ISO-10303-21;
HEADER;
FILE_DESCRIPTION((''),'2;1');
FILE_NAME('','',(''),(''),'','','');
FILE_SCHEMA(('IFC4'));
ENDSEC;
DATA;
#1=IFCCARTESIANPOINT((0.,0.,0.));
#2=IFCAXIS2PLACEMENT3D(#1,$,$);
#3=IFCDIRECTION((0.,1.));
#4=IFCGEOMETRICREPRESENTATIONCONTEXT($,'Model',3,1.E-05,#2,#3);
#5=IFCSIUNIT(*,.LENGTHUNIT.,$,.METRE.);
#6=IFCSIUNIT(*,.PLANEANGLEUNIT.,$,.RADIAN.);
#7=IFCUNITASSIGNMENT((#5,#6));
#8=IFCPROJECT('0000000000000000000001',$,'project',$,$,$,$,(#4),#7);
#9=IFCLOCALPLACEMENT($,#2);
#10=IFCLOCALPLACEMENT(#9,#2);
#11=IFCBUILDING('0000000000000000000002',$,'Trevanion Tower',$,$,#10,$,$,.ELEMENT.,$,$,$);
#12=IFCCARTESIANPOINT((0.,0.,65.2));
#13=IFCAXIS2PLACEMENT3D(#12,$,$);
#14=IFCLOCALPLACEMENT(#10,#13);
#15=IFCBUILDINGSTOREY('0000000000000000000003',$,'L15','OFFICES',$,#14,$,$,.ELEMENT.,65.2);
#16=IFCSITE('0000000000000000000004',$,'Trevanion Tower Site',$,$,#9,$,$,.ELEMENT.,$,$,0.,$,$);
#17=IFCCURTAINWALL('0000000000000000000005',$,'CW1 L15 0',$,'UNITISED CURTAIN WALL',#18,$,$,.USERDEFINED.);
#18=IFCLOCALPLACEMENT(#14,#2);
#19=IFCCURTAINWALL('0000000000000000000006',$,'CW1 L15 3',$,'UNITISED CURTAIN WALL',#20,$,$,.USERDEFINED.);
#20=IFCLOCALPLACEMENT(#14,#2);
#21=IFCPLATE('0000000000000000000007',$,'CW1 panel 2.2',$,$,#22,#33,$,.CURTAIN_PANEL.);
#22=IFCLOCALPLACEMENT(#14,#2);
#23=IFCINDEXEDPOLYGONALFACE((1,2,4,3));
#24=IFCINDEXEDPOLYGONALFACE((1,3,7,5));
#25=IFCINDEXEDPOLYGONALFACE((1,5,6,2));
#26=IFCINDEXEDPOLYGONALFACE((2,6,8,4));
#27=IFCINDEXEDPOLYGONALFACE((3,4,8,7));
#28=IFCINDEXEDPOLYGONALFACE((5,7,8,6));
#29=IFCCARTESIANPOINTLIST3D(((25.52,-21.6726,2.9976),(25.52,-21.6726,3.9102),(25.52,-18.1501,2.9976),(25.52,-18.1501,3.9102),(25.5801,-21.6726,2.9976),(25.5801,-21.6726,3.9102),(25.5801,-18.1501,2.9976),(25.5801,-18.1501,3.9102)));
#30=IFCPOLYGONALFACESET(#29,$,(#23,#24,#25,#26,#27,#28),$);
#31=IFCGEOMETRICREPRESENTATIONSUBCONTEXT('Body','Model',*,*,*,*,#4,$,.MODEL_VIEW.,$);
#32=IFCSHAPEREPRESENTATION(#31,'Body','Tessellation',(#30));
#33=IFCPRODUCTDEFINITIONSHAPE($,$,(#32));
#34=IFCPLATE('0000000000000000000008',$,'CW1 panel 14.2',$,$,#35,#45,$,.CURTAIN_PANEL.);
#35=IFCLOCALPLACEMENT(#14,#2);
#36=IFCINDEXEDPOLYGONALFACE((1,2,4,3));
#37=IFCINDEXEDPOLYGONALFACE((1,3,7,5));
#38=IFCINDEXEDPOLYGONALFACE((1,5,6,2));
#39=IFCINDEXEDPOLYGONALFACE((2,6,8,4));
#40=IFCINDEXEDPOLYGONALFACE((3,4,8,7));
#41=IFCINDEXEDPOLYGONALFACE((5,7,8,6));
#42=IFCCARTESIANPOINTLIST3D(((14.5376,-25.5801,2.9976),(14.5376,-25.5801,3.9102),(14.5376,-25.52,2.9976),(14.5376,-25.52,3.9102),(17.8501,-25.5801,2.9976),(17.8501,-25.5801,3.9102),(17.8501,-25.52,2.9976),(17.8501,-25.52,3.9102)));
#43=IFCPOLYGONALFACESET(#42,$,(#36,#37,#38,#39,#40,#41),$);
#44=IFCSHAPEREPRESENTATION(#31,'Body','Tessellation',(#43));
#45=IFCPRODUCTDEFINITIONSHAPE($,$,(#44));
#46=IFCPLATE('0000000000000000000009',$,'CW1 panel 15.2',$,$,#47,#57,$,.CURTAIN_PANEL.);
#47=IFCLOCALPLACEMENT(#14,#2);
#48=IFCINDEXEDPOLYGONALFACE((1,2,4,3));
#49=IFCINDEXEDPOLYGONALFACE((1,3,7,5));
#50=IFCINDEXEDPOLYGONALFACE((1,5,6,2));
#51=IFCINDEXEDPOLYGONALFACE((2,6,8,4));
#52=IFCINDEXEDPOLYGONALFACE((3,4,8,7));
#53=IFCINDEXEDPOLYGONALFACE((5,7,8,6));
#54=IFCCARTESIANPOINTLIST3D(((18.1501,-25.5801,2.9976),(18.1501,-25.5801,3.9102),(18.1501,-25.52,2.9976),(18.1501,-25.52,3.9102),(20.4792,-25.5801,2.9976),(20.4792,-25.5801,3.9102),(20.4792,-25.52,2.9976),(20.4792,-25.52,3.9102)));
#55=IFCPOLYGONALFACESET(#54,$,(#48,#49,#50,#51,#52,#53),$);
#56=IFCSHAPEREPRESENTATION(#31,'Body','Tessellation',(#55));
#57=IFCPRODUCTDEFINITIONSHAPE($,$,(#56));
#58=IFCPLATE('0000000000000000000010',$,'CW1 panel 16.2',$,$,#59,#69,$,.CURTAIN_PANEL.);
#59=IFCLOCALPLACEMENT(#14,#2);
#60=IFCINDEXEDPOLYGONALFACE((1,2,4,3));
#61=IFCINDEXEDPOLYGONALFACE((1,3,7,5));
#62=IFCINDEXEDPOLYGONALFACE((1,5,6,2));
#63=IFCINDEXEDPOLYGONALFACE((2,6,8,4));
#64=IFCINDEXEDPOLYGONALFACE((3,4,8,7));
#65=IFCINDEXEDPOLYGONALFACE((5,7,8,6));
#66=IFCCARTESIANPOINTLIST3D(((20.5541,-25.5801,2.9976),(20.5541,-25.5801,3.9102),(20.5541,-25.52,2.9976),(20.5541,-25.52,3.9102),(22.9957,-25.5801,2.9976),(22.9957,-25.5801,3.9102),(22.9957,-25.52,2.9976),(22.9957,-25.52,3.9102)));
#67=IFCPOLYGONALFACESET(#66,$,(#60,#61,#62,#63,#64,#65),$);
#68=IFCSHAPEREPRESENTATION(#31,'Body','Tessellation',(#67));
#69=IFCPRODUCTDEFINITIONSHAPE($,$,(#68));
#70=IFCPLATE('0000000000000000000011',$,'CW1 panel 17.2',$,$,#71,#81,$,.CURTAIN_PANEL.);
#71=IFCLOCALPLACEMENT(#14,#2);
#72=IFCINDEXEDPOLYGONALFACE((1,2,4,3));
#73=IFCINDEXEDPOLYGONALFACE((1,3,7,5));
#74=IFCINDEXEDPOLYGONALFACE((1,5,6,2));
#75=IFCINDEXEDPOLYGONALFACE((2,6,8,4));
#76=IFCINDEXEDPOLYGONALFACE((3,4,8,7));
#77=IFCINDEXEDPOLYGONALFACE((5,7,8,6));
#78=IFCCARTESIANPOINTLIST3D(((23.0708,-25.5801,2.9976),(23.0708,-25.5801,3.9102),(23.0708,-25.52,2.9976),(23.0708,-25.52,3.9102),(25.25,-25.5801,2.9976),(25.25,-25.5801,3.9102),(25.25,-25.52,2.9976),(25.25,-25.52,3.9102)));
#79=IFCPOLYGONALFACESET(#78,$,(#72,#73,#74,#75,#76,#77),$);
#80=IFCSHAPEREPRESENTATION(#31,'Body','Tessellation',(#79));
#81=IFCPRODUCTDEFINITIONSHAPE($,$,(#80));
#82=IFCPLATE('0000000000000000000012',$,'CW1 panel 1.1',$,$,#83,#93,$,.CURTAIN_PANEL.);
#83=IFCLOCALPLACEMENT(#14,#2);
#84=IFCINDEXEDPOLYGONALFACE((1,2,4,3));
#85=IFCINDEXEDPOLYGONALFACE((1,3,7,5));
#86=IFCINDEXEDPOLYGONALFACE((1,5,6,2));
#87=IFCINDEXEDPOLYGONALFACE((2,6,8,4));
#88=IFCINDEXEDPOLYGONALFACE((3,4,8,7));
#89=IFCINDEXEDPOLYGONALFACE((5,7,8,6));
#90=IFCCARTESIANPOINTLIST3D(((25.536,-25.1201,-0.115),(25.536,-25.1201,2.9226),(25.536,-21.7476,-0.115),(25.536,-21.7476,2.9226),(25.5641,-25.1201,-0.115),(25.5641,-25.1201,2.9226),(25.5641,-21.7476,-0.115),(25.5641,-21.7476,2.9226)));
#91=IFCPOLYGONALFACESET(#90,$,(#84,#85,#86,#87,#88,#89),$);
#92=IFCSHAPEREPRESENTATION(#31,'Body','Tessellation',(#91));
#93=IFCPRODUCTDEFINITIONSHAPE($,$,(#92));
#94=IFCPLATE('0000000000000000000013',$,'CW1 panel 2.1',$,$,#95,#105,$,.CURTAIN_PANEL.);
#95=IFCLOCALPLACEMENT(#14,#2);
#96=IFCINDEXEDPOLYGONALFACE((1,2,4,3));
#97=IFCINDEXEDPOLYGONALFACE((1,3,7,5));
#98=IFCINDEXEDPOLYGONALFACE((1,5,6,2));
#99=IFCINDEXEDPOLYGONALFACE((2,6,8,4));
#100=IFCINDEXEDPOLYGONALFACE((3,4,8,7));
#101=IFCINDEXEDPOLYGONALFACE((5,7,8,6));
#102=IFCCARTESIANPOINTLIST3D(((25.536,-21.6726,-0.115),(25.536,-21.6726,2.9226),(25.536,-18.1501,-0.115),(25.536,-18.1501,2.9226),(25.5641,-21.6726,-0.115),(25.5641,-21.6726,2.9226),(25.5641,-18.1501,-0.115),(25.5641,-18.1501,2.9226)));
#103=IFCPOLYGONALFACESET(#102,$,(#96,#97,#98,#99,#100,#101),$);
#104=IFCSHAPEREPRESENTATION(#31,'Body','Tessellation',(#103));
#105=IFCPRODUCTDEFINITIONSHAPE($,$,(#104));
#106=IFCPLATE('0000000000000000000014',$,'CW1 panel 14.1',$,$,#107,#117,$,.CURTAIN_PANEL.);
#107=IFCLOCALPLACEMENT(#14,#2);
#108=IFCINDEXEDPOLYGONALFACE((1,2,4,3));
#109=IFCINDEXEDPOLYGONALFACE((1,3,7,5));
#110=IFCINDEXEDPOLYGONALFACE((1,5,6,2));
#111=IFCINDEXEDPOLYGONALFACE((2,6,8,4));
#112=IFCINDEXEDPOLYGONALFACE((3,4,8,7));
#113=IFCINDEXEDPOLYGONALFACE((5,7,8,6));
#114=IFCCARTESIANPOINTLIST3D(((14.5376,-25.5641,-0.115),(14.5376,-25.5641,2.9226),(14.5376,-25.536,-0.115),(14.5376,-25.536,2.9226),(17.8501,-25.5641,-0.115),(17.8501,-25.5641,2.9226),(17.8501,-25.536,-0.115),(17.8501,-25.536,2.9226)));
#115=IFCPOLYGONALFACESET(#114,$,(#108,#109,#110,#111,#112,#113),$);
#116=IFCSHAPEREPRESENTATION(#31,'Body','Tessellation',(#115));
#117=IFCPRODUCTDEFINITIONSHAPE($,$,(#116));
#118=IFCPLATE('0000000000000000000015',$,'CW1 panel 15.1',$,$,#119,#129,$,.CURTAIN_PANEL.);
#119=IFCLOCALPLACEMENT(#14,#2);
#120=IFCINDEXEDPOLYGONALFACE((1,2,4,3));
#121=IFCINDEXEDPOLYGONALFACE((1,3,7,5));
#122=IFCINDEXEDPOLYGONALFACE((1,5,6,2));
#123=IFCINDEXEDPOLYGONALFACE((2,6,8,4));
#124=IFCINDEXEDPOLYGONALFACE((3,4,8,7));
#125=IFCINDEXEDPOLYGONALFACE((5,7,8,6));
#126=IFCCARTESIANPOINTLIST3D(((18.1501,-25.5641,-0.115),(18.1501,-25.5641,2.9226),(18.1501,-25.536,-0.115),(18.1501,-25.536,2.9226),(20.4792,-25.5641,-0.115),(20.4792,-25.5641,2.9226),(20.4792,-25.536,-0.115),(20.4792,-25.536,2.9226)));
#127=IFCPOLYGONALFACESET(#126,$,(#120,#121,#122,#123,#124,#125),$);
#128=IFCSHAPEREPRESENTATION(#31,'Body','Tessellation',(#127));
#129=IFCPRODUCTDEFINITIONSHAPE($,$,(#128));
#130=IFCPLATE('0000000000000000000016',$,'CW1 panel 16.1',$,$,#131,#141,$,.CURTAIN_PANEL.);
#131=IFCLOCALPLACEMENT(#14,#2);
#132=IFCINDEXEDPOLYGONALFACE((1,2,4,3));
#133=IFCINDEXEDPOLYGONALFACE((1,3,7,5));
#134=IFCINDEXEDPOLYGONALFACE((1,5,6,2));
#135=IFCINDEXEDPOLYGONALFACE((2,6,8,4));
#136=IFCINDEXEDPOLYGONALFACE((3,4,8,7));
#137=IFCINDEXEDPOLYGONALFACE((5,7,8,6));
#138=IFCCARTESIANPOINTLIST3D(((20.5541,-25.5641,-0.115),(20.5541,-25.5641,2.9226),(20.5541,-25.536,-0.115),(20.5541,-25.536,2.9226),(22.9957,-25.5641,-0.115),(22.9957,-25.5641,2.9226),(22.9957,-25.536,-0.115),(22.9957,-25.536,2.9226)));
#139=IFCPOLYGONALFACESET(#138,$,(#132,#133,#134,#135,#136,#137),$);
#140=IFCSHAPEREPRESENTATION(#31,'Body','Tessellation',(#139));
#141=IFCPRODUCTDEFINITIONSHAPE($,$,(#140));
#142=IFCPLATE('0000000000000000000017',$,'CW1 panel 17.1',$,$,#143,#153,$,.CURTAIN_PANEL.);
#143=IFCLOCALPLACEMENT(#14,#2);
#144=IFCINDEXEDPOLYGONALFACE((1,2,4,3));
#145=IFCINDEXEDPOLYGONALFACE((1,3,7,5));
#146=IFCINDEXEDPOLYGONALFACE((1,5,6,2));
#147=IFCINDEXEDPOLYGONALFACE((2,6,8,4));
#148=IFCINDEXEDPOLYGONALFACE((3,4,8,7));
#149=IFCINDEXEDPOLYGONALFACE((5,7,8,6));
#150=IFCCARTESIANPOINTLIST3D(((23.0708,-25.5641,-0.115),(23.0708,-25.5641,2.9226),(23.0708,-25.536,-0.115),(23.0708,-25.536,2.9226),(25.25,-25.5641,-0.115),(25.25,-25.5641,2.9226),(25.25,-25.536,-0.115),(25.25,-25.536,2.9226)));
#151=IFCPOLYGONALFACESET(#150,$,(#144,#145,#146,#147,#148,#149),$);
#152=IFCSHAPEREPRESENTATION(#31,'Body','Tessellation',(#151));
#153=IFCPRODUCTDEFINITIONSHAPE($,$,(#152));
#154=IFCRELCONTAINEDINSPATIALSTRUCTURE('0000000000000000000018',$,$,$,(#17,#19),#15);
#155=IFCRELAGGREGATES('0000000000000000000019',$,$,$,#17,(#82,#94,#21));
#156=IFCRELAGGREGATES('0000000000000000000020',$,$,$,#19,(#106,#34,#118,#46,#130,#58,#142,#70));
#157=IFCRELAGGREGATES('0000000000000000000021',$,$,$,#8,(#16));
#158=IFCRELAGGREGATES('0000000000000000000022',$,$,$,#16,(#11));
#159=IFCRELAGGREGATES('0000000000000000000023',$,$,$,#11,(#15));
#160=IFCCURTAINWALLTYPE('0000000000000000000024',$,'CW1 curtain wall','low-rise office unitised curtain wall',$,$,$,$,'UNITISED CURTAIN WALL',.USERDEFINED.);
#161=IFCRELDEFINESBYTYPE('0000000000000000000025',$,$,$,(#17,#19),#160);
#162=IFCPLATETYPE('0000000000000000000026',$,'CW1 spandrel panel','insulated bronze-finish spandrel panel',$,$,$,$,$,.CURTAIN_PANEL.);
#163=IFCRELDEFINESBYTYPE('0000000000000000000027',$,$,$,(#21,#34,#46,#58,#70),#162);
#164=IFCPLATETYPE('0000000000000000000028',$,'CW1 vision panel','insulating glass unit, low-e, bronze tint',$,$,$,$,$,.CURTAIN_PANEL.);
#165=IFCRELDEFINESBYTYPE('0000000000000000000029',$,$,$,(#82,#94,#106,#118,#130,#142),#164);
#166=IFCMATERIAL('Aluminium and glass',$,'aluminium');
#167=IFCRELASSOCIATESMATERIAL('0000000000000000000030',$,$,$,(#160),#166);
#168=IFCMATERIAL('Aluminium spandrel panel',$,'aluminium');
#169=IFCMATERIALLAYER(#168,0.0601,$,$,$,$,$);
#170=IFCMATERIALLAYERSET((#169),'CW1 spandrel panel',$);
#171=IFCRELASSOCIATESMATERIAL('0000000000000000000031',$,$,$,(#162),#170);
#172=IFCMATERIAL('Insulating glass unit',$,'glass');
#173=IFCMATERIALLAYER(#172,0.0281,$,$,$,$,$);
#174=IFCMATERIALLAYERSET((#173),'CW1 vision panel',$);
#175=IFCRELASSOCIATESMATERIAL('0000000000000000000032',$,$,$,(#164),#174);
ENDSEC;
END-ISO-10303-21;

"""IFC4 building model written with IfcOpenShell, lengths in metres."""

from ifc_helpers import new_model, si_unit, direction, frame, origin, origin_2d, place, context, subcontext, project, spatial, rectangle, extrude, material, layer, layer_set, type_object, element, aggregate, save


model = new_model("IFC4")

# Units and contexts
model_context = context("Model", 3, precision=1e-05, world=origin(), true_north=direction((0.0, 1.0)))
body_context = subcontext(model_context, "Body", "Model", "MODEL_VIEW")
ifc_project = project(units=[si_unit("LENGTHUNIT", "METRE"), si_unit("PLANEANGLEUNIT", "RADIAN")], contexts=[model_context])

# Site, building, storey
site_placement = place(None, origin())
site = spatial("IfcSite", under=ifc_project, at=site_placement, Name="Trevanion Tower Site", CompositionType="ELEMENT", RefElevation=0.0)
building_placement = place(site_placement, origin())
building = spatial("IfcBuilding", under=site, at=building_placement, Name="Trevanion Tower", CompositionType="ELEMENT")
storey_placement = place(building_placement, frame((0.0, 0.0, 65.2)))
storey = spatial("IfcBuildingStorey", under=building, at=storey_placement, Name="L15", Description="OFFICES", CompositionType="ELEMENT", Elevation=65.2)

# Curtain wall
ifc_material_1 = material(Name="Aluminium and glass", Category="aluminium")
curtain_wall_type = type_object("IfcCurtainWallType", Name="CW1 curtain wall", Description="low-rise office unitised curtain wall", ElementType="UNITISED CURTAIN WALL", PredefinedType="USERDEFINED", material=ifc_material_1)
curtain_wall_1_placement = place(storey_placement, origin())
curtain_wall_1 = element("IfcCurtainWall", 1, at=curtain_wall_1_placement, inside=storey, type_object=curtain_wall_type, Name="CW1 L15 0", ObjectType="UNITISED CURTAIN WALL", PredefinedType="USERDEFINED")

# Curtain wall
curtain_wall_2_placement = place(storey_placement, origin())
curtain_wall_2 = element("IfcCurtainWall", 2, at=curtain_wall_2_placement, inside=storey, type_object=curtain_wall_type, Name="CW1 L15 3", ObjectType="UNITISED CURTAIN WALL", PredefinedType="USERDEFINED")

# Plates
ifc_material_2 = material(Name="Aluminium spandrel panel", Category="aluminium")
ifc_layer_1 = layer(ifc_material_2, 0.0601)
ifc_layer_set_1 = layer_set([ifc_layer_1], Name="CW1 spandrel panel")
plate_type_1 = type_object("IfcPlateType", Name="CW1 spandrel panel", Description="insulated bronze-finish spandrel panel", PredefinedType="CURTAIN_PANEL", material=ifc_layer_set_1)
plate_1_placement = place(storey_placement, frame((25.55, -19.9114, 2.9976), z_axis=(0.0, 0.0, 1.0), x_axis=(0.0, 1.0, 0.0)))
plate_1 = element("IfcPlate", 3, at=plate_1_placement, type_object=plate_type_1, Name="CW1 panel 2.2", PredefinedType="CURTAIN_PANEL", context=body_context, shape_type="SweptSolid", body=[
    extrude(rectangle(XDim=3.5225, YDim=0.0601, at=origin_2d()), origin(), (0.0, 0.0, 1.0), 0.9126),
])
plate_2_placement = place(storey_placement, frame((16.1938, -25.55, 2.9976), z_axis=(0.0, 0.0, 1.0), x_axis=(1.0, 0.0, 0.0)))
plate_2 = element("IfcPlate", 4, at=plate_2_placement, type_object=plate_type_1, Name="CW1 panel 14.2", PredefinedType="CURTAIN_PANEL", context=body_context, shape_type="SweptSolid", body=[
    extrude(rectangle(XDim=3.3125, YDim=0.0601, at=origin_2d()), origin(), (0.0, 0.0, 1.0), 0.9126),
])
plate_3_placement = place(storey_placement, frame((19.3147, -25.55, 2.9976), z_axis=(0.0, 0.0, 1.0), x_axis=(1.0, 0.0, 0.0)))
plate_3 = element("IfcPlate", 5, at=plate_3_placement, type_object=plate_type_1, Name="CW1 panel 15.2", PredefinedType="CURTAIN_PANEL", context=body_context, shape_type="SweptSolid", body=[
    extrude(rectangle(XDim=2.3291, YDim=0.0601, at=origin_2d()), origin(), (0.0, 0.0, 1.0), 0.9126),
])
plate_4_placement = place(storey_placement, frame((21.7749, -25.55, 2.9976), z_axis=(0.0, 0.0, 1.0), x_axis=(1.0, 0.0, 0.0)))
plate_4 = element("IfcPlate", 6, at=plate_4_placement, type_object=plate_type_1, Name="CW1 panel 16.2", PredefinedType="CURTAIN_PANEL", context=body_context, shape_type="SweptSolid", body=[
    extrude(rectangle(XDim=2.4417, YDim=0.0601, at=origin_2d()), origin(), (0.0, 0.0, 1.0), 0.9126),
])
plate_5_placement = place(storey_placement, frame((24.1604, -25.55, 2.9976), z_axis=(0.0, 0.0, 1.0), x_axis=(1.0, 0.0, 0.0)))
plate_5 = element("IfcPlate", 7, at=plate_5_placement, type_object=plate_type_1, Name="CW1 panel 17.2", PredefinedType="CURTAIN_PANEL", context=body_context, shape_type="SweptSolid", body=[
    extrude(rectangle(XDim=2.1792, YDim=0.0601, at=origin_2d()), origin(), (0.0, 0.0, 1.0), 0.9126),
])
ifc_material_3 = material(Name="Insulating glass unit", Category="glass")
ifc_layer_2 = layer(ifc_material_3, 0.0281)
ifc_layer_set_2 = layer_set([ifc_layer_2], Name="CW1 vision panel")
plate_type_2 = type_object("IfcPlateType", Name="CW1 vision panel", Description="insulating glass unit, low-e, bronze tint", PredefinedType="CURTAIN_PANEL", material=ifc_layer_set_2)
plate_6_placement = place(storey_placement, frame((25.55, -23.4338, -0.115), z_axis=(0.0, 0.0, 1.0), x_axis=(0.0, 1.0, 0.0)))
plate_6 = element("IfcPlate", 8, at=plate_6_placement, type_object=plate_type_2, Name="CW1 panel 1.1", PredefinedType="CURTAIN_PANEL", context=body_context, shape_type="SweptSolid", body=[
    extrude(rectangle(XDim=3.3726, YDim=0.0281, at=origin_2d()), origin(), (0.0, 0.0, 1.0), 3.0376),
])
plate_7_placement = place(storey_placement, frame((25.55, -19.9114, -0.115), z_axis=(0.0, 0.0, 1.0), x_axis=(0.0, 1.0, 0.0)))
plate_7 = element("IfcPlate", 9, at=plate_7_placement, type_object=plate_type_2, Name="CW1 panel 2.1", PredefinedType="CURTAIN_PANEL", context=body_context, shape_type="SweptSolid", body=[
    extrude(rectangle(XDim=3.5225, YDim=0.0281, at=origin_2d()), origin(), (0.0, 0.0, 1.0), 3.0376),
])
aggregate(curtain_wall_1, [plate_6, plate_7, plate_1])
plate_8_placement = place(storey_placement, frame((16.1938, -25.55, -0.115), z_axis=(0.0, 0.0, 1.0), x_axis=(1.0, 0.0, 0.0)))
plate_8 = element("IfcPlate", 10, at=plate_8_placement, type_object=plate_type_2, Name="CW1 panel 14.1", PredefinedType="CURTAIN_PANEL", context=body_context, shape_type="SweptSolid", body=[
    extrude(rectangle(XDim=3.3125, YDim=0.0281, at=origin_2d()), origin(), (0.0, 0.0, 1.0), 3.0376),
])
plate_9_placement = place(storey_placement, frame((19.3147, -25.55, -0.115), z_axis=(0.0, 0.0, 1.0), x_axis=(1.0, 0.0, 0.0)))
plate_9 = element("IfcPlate", 11, at=plate_9_placement, type_object=plate_type_2, Name="CW1 panel 15.1", PredefinedType="CURTAIN_PANEL", context=body_context, shape_type="SweptSolid", body=[
    extrude(rectangle(XDim=2.3291, YDim=0.0281, at=origin_2d()), origin(), (0.0, 0.0, 1.0), 3.0376),
])
plate_10_placement = place(storey_placement, frame((21.7749, -25.55, -0.115), z_axis=(0.0, 0.0, 1.0), x_axis=(1.0, 0.0, 0.0)))
plate_10 = element("IfcPlate", 12, at=plate_10_placement, type_object=plate_type_2, Name="CW1 panel 16.1", PredefinedType="CURTAIN_PANEL", context=body_context, shape_type="SweptSolid", body=[
    extrude(rectangle(XDim=2.4417, YDim=0.0281, at=origin_2d()), origin(), (0.0, 0.0, 1.0), 3.0376),
])
plate_11_placement = place(storey_placement, frame((24.1604, -25.55, -0.115), z_axis=(0.0, 0.0, 1.0), x_axis=(1.0, 0.0, 0.0)))
plate_11 = element("IfcPlate", 13, at=plate_11_placement, type_object=plate_type_2, Name="CW1 panel 17.1", PredefinedType="CURTAIN_PANEL", context=body_context, shape_type="SweptSolid", body=[
    extrude(rectangle(XDim=2.1792, YDim=0.0281, at=origin_2d()), origin(), (0.0, 0.0, 1.0), 3.0376),
])
aggregate(curtain_wall_2, [plate_8, plate_2, plate_9, plate_3, plate_10, plate_4, plate_11, plate_5])

save(model, "model.ifc")
